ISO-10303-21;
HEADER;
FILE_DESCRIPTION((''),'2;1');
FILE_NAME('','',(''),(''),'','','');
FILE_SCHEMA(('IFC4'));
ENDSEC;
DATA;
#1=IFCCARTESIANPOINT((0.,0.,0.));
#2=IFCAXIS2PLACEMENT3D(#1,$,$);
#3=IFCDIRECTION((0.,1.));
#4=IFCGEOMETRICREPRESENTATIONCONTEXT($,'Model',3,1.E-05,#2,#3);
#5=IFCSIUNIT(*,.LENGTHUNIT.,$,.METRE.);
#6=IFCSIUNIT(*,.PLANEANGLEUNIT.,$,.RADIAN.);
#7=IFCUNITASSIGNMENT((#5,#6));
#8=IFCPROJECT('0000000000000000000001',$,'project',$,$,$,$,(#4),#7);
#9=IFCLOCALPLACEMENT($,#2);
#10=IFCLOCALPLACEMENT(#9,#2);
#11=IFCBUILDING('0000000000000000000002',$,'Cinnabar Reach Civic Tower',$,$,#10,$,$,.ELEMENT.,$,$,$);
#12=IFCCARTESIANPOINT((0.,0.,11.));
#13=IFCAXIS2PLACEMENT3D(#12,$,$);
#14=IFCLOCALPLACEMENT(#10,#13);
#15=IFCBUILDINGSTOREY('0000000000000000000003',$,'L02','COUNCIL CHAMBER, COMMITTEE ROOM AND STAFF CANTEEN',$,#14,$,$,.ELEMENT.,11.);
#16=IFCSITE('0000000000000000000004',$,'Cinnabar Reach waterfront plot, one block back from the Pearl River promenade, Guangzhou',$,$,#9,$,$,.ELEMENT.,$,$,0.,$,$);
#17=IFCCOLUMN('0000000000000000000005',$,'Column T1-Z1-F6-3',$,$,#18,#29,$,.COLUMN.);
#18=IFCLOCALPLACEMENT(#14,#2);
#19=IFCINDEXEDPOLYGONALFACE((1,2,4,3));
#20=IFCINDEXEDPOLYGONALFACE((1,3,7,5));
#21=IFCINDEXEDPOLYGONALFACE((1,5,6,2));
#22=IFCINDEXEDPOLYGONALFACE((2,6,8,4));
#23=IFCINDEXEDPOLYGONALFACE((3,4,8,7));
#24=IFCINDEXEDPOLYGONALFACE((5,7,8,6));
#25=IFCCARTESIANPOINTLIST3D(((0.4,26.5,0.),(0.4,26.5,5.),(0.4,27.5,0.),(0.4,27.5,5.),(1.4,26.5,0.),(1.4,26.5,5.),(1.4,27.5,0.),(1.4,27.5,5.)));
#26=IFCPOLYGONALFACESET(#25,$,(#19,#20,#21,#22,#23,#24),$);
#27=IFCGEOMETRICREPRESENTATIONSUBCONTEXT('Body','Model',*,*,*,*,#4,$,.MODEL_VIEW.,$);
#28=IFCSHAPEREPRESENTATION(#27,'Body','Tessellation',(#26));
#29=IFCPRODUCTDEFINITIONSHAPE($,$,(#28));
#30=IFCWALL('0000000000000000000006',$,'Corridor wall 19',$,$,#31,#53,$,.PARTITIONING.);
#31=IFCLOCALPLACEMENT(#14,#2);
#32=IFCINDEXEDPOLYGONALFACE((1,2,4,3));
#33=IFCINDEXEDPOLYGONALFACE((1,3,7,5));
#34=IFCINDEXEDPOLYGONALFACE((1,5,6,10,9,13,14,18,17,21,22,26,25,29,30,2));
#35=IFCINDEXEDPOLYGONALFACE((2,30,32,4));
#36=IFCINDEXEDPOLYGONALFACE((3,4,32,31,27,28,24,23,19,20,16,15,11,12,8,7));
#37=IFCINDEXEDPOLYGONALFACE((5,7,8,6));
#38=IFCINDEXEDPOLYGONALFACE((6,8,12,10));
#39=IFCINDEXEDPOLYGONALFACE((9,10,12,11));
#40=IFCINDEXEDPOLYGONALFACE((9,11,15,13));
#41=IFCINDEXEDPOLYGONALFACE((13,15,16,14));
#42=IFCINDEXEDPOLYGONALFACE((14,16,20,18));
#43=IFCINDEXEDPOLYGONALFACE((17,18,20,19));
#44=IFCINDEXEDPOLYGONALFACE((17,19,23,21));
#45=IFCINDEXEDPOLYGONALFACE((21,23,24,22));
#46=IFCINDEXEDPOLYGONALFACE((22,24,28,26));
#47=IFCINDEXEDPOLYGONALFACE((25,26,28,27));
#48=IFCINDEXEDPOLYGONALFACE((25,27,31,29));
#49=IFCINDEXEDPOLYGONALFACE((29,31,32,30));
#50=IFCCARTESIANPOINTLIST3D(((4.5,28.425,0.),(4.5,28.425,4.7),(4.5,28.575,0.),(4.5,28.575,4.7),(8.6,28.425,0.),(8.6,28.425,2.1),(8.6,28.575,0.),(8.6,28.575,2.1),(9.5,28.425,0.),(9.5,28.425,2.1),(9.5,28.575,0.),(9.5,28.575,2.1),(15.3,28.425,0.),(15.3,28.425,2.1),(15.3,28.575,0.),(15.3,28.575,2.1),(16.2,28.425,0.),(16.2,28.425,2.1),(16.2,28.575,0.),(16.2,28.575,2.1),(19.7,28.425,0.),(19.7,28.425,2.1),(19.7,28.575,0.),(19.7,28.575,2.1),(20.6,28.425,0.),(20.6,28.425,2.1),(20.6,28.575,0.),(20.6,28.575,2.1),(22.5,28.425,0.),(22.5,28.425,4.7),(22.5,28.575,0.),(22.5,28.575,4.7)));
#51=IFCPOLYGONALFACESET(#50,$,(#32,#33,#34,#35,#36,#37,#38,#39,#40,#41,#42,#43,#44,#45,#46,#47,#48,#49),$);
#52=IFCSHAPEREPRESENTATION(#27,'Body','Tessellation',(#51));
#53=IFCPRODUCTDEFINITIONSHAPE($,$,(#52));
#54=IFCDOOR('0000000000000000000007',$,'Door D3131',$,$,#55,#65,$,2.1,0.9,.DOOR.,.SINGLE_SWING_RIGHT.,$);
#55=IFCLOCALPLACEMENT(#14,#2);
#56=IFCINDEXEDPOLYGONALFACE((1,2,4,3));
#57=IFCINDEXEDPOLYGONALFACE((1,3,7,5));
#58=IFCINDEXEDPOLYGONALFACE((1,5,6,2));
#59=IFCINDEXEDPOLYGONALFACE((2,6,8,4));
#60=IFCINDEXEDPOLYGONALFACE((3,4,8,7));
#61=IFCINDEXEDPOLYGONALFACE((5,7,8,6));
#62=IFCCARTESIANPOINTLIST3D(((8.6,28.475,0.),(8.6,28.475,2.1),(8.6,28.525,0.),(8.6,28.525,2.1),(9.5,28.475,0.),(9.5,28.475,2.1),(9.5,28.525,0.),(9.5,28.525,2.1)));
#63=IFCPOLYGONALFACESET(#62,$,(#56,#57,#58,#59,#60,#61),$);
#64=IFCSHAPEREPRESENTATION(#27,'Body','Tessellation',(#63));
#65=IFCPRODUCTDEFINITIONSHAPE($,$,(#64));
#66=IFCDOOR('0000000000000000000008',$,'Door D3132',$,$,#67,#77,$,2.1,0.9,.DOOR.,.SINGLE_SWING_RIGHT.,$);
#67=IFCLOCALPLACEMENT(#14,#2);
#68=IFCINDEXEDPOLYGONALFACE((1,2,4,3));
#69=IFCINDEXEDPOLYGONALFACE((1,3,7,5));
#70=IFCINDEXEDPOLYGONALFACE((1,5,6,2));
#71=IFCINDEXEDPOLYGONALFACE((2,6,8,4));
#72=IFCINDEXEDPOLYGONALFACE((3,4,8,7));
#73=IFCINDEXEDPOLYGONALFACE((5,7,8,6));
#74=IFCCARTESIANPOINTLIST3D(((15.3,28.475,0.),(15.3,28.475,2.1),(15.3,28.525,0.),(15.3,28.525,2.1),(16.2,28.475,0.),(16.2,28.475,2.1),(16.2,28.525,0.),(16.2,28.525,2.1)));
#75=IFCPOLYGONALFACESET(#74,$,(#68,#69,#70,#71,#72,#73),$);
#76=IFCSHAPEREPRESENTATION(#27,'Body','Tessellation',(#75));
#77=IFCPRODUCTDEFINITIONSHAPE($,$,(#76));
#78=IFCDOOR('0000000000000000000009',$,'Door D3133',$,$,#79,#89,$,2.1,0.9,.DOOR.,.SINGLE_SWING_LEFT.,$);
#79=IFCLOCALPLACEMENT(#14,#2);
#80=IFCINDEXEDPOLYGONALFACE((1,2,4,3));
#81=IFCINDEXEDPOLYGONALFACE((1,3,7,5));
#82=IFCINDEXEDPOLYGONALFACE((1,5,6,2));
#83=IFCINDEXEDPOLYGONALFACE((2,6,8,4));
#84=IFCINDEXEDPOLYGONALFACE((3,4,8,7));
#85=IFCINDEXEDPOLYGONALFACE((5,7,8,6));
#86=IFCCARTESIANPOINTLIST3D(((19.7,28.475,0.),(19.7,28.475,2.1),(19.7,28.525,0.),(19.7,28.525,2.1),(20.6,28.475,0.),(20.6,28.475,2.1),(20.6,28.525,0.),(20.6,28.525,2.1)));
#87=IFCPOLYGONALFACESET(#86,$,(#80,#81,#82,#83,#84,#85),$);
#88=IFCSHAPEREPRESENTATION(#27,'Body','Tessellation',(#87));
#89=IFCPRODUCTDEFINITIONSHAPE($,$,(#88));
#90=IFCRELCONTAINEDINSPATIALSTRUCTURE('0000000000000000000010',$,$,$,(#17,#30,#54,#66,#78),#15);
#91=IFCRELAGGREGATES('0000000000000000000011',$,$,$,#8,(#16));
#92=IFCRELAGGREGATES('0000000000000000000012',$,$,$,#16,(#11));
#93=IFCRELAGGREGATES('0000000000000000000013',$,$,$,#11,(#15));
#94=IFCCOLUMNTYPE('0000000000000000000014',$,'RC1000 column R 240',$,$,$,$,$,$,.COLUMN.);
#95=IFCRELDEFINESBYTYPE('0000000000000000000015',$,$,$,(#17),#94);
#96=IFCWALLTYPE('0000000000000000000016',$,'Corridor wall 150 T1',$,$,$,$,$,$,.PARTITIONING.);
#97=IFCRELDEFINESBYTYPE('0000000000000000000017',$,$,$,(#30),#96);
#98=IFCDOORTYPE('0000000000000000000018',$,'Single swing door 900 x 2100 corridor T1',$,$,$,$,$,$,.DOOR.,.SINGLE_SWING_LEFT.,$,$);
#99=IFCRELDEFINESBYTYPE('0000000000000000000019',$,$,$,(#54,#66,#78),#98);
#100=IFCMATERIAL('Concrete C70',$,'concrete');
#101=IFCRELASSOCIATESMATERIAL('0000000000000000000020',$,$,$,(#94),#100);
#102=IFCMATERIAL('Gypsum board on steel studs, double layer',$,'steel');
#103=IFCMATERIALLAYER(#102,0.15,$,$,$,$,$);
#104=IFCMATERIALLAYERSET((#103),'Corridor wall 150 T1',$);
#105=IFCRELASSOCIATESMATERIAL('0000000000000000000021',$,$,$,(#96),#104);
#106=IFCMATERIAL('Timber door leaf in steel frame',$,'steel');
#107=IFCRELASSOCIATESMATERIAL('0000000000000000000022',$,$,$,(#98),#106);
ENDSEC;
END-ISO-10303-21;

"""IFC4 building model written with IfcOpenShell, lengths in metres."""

from ifc_helpers import new_model, si_unit, direction, frame, frame_2d, origin, origin_2d, place, context, subcontext, project, spatial, rectangle, extrude, material, layer, layer_set, material_profile, profile_set, type_object, element, fill, save


model = new_model("IFC4")

# Units and contexts
model_context = context("Model", 3, precision=1e-05, world=origin(), true_north=direction((0.0, 1.0)))
body_context = subcontext(model_context, "Body", "Model", "MODEL_VIEW")
ifc_project = project(units=[si_unit("LENGTHUNIT", "METRE"), si_unit("PLANEANGLEUNIT", "RADIAN")], contexts=[model_context])

# Site, building, storey
site_placement = place(None, origin())
site = spatial("IfcSite", under=ifc_project, at=site_placement, Name="Cinnabar Reach waterfront plot, one block back from the Pearl River promenade, Guangzhou", CompositionType="ELEMENT", RefElevation=0.0)
building_placement = place(site_placement, origin())
building = spatial("IfcBuilding", under=site, at=building_placement, Name="Cinnabar Reach Civic Tower", CompositionType="ELEMENT")
storey_placement = place(building_placement, frame((0.0, 0.0, 11.0)))
storey = spatial("IfcBuildingStorey", under=building, at=storey_placement, Name="L02", Description="COUNCIL CHAMBER, COMMITTEE ROOM AND STAFF CANTEEN", CompositionType="ELEMENT", Elevation=11.0)

# Column
ifc_material_1 = material(Name="Concrete C70", Category="concrete")
ifc_material_profile = material_profile(ifc_material_1, rectangle(XDim=1.0, YDim=1.0, at=origin_2d()), Name="RC1000")
ifc_profile_set = profile_set([ifc_material_profile], Name="Concrete C70")
column_type = type_object("IfcColumnType", Name="RC1000 column R 240", PredefinedType="COLUMN", material=ifc_profile_set)
column_placement = place(storey_placement, frame((0.9, 27.0, 0.0), z_axis=(0.0, 0.0, 1.0), x_axis=(1.0, 0.0, 0.0)))
element("IfcColumn", 1, at=column_placement, inside=storey, type_object=column_type, Name="Column T1-Z1-F6-3", PredefinedType="COLUMN", context=body_context, shape_type="SweptSolid", body=[
    extrude(rectangle(XDim=1.0, YDim=1.0, at=origin_2d()), origin(), (0.0, 0.0, 1.0), 5.0),
])

# Wall, openings, doors
ifc_material_2 = material(Name="Gypsum board on steel studs, double layer", Category="steel")
ifc_layer_1 = layer(ifc_material_2, 0.15)
ifc_layer_set_1 = layer_set([ifc_layer_1], Name="Corridor wall 150 T1")
wall_type_1 = type_object("IfcWallType", Name="Corridor wall 150 T1", PredefinedType="PARTITIONING", material=ifc_layer_set_1)
wall_1_placement = place(storey_placement, frame((4.5, 28.5, 0.0), z_axis=(0.0, 0.0, 1.0), x_axis=(1.0, 0.0, 0.0)))
wall_1 = element("IfcWall", 2, at=wall_1_placement, inside=storey, type_object=wall_type_1, Name="Corridor wall 19", PredefinedType="PARTITIONING", context=body_context, shape_type="SweptSolid", body=[
    extrude(rectangle(XDim=18.0, YDim=0.15, at=frame_2d((9.0, 0.0))), origin(), (0.0, 0.0, 1.0), 4.7),
])
opening_1_placement = place(wall_1_placement, frame((4.1, 0.0, 0.0)))
opening_1 = element("IfcOpeningElement", 3, at=opening_1_placement, cuts=wall_1, PredefinedType="OPENING", context=body_context, shape_type="SweptSolid", body=[
    extrude(rectangle(XDim=0.9, YDim=2.1, at=frame_2d((0.45, 1.05))), frame((0.0, 0.085, 0.0), z_axis=(0.0, -1.0, 0.0), x_axis=(1.0, 0.0, 0.0)), (0.0, 0.0, 1.0), 0.17),
])
opening_2_placement = place(wall_1_placement, frame((10.8, 0.0, 0.0)))
opening_2 = element("IfcOpeningElement", 4, at=opening_2_placement, cuts=wall_1, PredefinedType="OPENING", context=body_context, shape_type="SweptSolid", body=[
    extrude(rectangle(XDim=0.9, YDim=2.1, at=frame_2d((0.45, 1.05))), frame((0.0, 0.085, 0.0), z_axis=(0.0, -1.0, 0.0), x_axis=(1.0, 0.0, 0.0)), (0.0, 0.0, 1.0), 0.17),
])
opening_3_placement = place(wall_1_placement, frame((15.2, 0.0, 0.0)))
opening_3 = element("IfcOpeningElement", 5, at=opening_3_placement, cuts=wall_1, PredefinedType="OPENING", context=body_context, shape_type="SweptSolid", body=[
    extrude(rectangle(XDim=0.9, YDim=2.1, at=frame_2d((0.45, 1.05))), frame((0.0, 0.085, 0.0), z_axis=(0.0, -1.0, 0.0), x_axis=(1.0, 0.0, 0.0)), (0.0, 0.0, 1.0), 0.17),
])
ifc_material_3 = material(Name="Timber door leaf in steel frame", Category="steel")
door_type_1 = type_object("IfcDoorType", Name="Single swing door 900 x 2100 corridor T1", OperationType="SINGLE_SWING_LEFT", PredefinedType="DOOR", material=ifc_material_3)
door_1_placement = place(opening_1_placement, origin())
door_1 = element("IfcDoor", 6, at=door_1_placement, inside=storey, type_object=door_type_1, Name="Door D3131", OperationType="SINGLE_SWING_RIGHT", OverallHeight=2.1, OverallWidth=0.9, PredefinedType="DOOR", context=body_context, shape_type="SweptSolid", body=[
    extrude(rectangle(XDim=0.9, YDim=2.1, at=frame_2d((0.45, 1.05))), frame((0.0, 0.025, 0.0), z_axis=(0.0, -1.0, 0.0), x_axis=(1.0, 0.0, 0.0)), (0.0, 0.0, 1.0), 0.05),
])
fill(opening_1, door_1)
door_2_placement = place(opening_2_placement, origin())
door_2 = element("IfcDoor", 7, at=door_2_placement, inside=storey, type_object=door_type_1, Name="Door D3132", OperationType="SINGLE_SWING_RIGHT", OverallHeight=2.1, OverallWidth=0.9, PredefinedType="DOOR", context=body_context, shape_type="SweptSolid", body=[
    extrude(rectangle(XDim=0.9, YDim=2.1, at=frame_2d((0.45, 1.05))), frame((0.0, 0.025, 0.0), z_axis=(0.0, -1.0, 0.0), x_axis=(1.0, 0.0, 0.0)), (0.0, 0.0, 1.0), 0.05),
])
fill(opening_2, door_2)
door_3_placement = place(opening_3_placement, origin())
door_3 = element("IfcDoor", 8, at=door_3_placement, inside=storey, type_object=door_type_1, Name="Door D3133", OperationType="SINGLE_SWING_LEFT", OverallHeight=2.1, OverallWidth=0.9, PredefinedType="DOOR", context=body_context, shape_type="SweptSolid", body=[
    extrude(rectangle(XDim=0.9, YDim=2.1, at=frame_2d((0.45, 1.05))), frame((0.0, 0.025, 0.0), z_axis=(0.0, -1.0, 0.0), x_axis=(1.0, 0.0, 0.0)), (0.0, 0.0, 1.0), 0.05),
])
fill(opening_3, door_3)

save(model, "model.ifc")
